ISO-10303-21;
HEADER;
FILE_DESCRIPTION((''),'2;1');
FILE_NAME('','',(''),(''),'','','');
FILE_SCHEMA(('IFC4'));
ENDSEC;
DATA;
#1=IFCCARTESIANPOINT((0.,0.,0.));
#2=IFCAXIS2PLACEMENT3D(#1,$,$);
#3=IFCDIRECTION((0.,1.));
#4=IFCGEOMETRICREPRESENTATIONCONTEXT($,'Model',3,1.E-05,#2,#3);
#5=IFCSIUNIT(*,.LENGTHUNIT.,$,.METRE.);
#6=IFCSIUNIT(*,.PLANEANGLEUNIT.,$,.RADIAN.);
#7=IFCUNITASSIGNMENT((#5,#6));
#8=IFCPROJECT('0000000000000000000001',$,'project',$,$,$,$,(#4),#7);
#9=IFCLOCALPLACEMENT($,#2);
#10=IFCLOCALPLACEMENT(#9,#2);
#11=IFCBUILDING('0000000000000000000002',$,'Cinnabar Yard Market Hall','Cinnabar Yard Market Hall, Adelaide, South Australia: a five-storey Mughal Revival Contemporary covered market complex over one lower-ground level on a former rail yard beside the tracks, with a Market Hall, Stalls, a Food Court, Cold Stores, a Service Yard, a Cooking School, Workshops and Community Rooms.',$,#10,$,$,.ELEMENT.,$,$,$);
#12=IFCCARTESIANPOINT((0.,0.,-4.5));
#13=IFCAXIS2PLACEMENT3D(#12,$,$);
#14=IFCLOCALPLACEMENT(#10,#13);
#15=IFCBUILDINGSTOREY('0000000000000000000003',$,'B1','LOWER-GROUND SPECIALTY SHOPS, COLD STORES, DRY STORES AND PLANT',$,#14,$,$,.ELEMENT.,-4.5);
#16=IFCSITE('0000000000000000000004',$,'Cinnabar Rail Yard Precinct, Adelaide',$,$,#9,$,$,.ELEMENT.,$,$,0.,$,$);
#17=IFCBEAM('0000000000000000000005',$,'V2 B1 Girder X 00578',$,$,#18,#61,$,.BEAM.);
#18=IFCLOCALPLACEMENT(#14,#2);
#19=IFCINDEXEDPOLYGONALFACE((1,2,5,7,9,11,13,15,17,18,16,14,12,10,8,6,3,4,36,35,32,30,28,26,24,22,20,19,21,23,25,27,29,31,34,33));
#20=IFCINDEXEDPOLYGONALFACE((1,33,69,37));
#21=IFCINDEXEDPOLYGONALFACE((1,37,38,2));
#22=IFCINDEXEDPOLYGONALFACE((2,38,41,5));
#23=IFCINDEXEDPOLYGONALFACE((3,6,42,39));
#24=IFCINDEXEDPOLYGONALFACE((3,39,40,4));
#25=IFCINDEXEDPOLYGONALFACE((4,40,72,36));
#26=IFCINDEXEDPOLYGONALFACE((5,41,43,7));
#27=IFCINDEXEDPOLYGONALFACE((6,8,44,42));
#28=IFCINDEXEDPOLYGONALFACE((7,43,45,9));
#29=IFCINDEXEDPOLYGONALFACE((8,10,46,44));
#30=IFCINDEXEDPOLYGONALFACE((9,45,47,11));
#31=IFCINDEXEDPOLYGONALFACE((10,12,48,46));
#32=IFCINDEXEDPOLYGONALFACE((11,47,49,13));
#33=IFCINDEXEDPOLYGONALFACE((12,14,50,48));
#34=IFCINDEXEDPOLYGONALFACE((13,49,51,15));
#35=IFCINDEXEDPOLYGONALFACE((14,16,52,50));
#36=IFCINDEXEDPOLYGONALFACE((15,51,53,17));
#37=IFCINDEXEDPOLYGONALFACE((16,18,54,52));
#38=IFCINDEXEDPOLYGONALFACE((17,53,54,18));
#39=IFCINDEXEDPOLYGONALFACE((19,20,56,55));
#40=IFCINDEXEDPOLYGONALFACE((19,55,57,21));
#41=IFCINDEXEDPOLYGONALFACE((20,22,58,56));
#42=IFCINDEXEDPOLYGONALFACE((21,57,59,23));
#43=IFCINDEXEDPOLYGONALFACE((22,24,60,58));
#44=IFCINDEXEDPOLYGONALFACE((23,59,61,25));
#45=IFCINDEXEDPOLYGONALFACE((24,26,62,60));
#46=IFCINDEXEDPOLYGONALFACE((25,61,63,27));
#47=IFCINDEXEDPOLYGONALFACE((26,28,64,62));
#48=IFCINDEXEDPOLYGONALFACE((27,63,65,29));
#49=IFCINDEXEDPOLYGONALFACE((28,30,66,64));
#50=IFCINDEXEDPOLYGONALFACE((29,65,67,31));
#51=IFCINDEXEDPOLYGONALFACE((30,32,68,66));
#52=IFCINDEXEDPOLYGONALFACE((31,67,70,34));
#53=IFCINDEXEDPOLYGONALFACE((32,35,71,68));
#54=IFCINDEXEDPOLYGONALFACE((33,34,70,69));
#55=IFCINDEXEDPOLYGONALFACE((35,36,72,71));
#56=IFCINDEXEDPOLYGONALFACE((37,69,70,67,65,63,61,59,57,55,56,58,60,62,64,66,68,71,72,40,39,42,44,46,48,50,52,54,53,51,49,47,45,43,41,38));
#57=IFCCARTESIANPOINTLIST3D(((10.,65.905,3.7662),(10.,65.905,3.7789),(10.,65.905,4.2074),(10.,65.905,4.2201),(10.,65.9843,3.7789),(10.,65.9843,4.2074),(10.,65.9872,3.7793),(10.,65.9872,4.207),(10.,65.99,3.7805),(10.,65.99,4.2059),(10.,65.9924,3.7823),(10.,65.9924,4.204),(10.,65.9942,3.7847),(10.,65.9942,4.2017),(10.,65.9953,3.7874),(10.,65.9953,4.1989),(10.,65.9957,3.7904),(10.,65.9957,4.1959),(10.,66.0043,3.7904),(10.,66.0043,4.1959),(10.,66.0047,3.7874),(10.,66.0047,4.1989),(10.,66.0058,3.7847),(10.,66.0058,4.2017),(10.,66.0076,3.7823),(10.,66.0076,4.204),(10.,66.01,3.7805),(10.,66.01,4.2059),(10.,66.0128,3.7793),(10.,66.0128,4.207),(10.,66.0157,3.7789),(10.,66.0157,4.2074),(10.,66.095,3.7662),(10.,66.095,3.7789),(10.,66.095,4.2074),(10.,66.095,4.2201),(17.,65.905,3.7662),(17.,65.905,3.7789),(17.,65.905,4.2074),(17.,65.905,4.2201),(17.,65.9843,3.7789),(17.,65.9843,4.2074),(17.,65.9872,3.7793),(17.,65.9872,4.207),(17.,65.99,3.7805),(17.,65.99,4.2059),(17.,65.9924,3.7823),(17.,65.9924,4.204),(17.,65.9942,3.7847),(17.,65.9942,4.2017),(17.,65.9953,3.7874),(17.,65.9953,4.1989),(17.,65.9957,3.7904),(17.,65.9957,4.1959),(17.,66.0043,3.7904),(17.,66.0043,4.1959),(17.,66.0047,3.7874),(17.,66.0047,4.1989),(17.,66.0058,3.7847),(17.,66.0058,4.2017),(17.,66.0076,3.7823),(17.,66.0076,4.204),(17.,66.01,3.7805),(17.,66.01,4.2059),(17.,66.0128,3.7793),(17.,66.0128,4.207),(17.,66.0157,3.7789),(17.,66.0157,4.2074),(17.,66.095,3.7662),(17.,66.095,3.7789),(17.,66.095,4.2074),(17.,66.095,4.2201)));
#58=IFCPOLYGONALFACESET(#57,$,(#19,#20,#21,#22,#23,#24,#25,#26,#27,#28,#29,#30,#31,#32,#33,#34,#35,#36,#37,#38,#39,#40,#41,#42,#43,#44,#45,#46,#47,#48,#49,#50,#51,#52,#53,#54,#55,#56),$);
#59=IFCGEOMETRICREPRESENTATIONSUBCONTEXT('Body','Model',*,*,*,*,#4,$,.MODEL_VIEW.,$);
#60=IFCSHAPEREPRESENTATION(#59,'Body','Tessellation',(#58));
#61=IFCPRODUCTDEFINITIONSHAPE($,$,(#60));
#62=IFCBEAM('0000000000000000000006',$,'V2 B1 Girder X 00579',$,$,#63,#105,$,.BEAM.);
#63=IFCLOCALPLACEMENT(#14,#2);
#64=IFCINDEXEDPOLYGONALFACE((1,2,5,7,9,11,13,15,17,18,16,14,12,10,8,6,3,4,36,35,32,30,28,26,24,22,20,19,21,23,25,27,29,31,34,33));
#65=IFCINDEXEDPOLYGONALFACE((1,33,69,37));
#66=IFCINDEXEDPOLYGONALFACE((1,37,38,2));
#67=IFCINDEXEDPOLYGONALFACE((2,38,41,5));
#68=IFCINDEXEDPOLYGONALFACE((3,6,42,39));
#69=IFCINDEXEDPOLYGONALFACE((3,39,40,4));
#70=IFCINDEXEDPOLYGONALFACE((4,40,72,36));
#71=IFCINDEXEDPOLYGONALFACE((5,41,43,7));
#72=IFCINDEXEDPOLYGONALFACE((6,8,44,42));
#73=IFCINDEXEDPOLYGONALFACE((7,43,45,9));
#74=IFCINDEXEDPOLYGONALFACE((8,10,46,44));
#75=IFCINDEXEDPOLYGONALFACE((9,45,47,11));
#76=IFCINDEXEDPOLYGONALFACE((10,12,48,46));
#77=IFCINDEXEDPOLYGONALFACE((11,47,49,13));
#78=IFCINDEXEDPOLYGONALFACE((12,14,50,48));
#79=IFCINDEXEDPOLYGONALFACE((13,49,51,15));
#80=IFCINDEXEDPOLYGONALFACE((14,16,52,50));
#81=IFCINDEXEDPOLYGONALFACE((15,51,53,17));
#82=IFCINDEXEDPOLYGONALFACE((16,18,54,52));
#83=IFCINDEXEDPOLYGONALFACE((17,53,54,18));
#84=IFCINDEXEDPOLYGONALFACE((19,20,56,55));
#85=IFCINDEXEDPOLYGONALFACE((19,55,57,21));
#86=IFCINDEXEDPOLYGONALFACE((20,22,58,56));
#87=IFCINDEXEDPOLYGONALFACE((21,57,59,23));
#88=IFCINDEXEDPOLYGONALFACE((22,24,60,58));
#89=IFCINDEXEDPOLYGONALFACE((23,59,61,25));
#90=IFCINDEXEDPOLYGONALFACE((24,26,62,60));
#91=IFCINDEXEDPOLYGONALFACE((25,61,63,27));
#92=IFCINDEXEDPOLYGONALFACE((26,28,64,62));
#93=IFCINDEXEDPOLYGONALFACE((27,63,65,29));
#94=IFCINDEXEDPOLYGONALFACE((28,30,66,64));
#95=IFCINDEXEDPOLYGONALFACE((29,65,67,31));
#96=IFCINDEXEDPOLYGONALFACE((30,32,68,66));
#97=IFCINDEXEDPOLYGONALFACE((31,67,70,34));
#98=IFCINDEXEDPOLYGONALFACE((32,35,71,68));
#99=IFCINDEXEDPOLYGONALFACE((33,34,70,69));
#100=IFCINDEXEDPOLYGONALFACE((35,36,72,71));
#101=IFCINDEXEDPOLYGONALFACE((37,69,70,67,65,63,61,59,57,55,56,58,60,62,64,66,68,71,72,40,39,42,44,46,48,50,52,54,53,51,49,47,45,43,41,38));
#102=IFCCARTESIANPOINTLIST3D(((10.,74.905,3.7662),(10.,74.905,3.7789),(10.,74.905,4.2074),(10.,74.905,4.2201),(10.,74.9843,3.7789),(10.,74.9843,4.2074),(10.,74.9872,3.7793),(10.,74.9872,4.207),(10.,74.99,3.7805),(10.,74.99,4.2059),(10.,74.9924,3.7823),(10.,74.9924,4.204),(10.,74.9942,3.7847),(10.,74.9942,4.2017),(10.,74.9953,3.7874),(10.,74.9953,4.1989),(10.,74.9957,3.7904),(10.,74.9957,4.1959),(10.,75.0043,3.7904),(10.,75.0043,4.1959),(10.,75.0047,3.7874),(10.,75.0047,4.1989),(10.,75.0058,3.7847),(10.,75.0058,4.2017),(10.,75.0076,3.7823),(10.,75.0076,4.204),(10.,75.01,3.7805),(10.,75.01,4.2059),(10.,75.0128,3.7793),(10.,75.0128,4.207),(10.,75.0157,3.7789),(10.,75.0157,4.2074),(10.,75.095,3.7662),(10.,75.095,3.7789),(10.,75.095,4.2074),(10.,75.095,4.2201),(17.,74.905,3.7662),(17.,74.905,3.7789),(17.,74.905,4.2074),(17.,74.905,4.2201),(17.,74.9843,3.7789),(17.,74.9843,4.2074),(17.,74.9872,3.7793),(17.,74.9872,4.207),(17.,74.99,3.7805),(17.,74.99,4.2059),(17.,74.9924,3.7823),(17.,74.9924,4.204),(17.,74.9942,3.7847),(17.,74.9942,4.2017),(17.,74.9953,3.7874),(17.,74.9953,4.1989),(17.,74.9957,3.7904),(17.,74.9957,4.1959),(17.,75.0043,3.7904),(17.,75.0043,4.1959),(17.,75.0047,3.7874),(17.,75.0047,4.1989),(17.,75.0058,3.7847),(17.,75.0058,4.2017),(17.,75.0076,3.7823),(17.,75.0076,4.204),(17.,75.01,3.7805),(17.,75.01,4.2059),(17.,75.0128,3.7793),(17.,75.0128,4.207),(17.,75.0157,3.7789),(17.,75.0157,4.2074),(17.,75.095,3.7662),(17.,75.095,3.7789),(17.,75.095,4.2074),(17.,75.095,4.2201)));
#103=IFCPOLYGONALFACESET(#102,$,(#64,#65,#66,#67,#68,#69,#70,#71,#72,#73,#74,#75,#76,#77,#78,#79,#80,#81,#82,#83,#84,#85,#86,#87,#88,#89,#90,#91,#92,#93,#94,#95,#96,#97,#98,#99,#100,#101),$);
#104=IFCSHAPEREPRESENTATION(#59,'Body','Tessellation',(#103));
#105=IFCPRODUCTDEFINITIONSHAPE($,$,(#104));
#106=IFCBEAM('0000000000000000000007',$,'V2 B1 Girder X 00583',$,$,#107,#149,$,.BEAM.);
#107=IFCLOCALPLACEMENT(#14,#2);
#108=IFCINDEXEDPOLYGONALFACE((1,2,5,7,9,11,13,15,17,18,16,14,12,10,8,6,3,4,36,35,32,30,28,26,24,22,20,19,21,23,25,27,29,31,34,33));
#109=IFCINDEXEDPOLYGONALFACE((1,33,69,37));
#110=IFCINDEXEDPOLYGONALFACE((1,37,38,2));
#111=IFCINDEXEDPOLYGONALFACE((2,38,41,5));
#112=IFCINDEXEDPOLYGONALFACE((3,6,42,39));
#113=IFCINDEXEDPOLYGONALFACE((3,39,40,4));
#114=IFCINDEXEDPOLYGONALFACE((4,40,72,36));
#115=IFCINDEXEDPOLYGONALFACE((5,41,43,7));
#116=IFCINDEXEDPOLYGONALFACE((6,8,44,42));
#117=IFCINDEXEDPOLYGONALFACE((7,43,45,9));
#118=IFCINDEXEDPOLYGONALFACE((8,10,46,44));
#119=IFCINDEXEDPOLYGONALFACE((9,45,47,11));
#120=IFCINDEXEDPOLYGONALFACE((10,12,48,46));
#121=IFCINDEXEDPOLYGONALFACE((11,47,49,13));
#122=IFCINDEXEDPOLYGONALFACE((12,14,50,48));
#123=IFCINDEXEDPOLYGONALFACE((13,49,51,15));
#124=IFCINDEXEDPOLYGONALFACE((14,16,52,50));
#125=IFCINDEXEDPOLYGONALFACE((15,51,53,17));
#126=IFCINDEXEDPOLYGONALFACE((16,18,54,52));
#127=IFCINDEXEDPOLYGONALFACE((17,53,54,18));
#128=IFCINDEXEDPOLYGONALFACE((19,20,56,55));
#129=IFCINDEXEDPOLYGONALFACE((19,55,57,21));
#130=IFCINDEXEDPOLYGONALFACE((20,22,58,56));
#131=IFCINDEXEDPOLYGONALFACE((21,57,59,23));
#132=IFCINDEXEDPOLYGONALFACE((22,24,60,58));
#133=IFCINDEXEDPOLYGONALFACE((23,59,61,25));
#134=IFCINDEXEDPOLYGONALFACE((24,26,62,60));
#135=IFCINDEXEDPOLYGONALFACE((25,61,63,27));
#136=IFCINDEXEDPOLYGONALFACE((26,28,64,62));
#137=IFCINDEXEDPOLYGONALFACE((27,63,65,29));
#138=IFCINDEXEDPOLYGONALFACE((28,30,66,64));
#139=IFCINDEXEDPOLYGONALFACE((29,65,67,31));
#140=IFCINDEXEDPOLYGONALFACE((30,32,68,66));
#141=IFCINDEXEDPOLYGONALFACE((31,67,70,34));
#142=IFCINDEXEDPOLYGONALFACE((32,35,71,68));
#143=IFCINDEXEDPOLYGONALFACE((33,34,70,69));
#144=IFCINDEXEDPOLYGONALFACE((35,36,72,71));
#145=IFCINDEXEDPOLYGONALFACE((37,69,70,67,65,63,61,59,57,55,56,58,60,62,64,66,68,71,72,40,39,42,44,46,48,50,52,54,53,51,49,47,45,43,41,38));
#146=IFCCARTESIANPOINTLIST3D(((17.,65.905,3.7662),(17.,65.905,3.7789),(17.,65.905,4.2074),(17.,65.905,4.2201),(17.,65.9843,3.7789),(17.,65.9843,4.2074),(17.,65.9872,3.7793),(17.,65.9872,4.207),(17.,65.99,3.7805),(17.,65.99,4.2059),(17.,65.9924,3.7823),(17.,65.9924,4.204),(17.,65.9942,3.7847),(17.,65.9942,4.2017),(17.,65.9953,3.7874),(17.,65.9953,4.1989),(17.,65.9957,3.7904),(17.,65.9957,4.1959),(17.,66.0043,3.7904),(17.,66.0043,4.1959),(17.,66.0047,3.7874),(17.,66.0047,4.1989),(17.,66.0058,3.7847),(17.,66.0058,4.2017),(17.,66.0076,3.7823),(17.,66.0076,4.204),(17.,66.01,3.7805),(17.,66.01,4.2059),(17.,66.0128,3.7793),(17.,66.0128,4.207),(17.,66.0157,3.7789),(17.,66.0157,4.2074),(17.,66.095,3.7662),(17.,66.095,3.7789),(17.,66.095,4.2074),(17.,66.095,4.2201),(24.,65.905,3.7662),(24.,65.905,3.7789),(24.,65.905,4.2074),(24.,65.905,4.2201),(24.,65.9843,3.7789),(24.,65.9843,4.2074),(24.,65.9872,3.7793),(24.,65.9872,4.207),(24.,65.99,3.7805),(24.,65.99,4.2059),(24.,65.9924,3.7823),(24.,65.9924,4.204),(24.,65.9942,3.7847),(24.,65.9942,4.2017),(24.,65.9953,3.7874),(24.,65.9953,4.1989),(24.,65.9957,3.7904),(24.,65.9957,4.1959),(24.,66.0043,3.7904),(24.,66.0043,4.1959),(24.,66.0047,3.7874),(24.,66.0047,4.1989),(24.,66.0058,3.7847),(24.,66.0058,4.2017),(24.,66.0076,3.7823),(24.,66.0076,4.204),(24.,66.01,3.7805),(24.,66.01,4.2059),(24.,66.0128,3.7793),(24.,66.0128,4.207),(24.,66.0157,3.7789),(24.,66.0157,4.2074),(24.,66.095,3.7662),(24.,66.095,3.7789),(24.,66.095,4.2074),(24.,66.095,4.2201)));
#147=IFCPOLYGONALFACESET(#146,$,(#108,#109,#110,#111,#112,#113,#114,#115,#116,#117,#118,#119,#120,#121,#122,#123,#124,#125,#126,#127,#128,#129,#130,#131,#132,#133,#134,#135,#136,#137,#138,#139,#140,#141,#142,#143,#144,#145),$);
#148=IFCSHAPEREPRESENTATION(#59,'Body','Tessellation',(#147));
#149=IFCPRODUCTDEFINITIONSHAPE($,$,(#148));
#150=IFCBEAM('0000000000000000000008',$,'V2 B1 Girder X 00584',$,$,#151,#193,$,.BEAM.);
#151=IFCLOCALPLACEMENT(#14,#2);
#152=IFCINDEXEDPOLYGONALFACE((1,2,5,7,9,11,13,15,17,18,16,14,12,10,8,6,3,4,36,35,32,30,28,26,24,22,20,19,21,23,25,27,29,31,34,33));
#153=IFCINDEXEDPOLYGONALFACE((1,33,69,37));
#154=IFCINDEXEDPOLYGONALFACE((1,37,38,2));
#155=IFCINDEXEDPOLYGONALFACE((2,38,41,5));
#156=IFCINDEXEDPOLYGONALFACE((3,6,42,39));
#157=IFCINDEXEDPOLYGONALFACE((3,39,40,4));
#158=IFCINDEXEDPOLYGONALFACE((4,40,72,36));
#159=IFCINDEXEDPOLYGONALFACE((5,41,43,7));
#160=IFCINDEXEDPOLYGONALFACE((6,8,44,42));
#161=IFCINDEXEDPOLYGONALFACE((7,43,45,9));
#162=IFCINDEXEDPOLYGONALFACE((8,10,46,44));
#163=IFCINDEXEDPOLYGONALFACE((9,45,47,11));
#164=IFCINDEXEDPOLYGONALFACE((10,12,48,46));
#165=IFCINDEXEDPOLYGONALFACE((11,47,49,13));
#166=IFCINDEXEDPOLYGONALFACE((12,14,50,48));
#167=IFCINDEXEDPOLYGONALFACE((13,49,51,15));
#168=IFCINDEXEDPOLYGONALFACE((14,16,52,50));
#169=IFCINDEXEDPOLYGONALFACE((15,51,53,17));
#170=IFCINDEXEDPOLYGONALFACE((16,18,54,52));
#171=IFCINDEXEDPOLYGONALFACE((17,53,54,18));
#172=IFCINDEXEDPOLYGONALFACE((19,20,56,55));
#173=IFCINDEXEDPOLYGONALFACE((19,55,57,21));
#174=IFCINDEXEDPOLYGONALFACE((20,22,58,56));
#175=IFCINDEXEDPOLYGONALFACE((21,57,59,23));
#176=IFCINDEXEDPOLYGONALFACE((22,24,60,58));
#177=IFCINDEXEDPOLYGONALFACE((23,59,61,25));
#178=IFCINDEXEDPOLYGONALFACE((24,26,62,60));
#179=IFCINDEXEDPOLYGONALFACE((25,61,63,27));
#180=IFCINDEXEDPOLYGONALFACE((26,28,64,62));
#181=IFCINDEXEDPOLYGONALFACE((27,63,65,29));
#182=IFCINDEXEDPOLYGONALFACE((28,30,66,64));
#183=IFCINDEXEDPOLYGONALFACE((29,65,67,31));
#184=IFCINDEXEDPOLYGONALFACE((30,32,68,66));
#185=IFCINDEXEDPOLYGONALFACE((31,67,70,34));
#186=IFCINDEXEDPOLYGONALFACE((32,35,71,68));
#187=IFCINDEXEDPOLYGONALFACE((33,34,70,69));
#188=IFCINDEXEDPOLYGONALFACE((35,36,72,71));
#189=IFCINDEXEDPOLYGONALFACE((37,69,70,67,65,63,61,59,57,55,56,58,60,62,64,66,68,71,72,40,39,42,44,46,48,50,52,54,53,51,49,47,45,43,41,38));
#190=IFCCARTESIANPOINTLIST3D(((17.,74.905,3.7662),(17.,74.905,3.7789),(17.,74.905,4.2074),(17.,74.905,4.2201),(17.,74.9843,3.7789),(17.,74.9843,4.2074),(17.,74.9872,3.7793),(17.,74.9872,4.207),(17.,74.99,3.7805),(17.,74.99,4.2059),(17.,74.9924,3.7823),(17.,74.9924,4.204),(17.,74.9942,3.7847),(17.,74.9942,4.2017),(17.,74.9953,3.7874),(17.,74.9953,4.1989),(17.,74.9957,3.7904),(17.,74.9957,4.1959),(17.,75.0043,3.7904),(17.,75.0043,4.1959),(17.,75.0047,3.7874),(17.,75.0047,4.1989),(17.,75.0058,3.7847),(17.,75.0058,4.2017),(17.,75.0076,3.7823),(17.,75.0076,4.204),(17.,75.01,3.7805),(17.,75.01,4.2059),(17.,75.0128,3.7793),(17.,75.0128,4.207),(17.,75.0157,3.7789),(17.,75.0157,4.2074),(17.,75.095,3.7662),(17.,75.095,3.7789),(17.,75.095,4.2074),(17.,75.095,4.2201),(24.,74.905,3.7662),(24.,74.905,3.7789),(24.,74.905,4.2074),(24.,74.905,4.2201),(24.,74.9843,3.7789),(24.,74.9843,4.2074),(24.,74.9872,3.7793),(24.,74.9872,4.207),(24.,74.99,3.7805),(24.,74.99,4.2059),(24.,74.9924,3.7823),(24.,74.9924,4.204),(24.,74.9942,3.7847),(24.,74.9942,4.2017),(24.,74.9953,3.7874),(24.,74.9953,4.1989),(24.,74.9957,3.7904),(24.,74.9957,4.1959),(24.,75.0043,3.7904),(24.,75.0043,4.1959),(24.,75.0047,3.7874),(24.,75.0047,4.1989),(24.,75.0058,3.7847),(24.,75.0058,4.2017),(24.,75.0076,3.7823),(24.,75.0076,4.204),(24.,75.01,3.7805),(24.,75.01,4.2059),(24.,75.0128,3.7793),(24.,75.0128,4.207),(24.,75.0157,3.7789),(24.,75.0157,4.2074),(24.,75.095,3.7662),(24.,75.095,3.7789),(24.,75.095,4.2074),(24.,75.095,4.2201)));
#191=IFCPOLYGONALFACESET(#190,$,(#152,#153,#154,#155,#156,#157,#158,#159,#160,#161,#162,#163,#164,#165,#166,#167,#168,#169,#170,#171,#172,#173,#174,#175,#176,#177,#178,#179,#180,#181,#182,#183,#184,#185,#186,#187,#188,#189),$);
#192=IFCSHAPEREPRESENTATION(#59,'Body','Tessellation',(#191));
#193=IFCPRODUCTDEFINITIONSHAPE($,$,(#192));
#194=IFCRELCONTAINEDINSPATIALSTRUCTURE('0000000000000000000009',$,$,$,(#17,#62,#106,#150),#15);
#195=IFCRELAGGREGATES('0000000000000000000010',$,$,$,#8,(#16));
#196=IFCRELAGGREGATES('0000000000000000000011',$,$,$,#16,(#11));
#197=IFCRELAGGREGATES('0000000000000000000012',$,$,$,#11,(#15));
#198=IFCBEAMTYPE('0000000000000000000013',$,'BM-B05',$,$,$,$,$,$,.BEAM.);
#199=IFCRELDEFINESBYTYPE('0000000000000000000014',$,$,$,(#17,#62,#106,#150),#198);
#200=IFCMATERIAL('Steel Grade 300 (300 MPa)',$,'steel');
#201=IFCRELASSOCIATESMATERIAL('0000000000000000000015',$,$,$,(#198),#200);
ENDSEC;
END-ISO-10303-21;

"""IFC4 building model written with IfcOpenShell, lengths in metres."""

from ifc_helpers import new_model, si_unit, direction, frame, origin, origin_2d_with_axis, place, context, subcontext, project, spatial, i_section, extrude, material, material_profile, profile_set, type_object, element, save


model = new_model("IFC4")

# Units and contexts
model_context = context("Model", 3, precision=1e-05, world=origin(), true_north=direction((0.0, 1.0)))
body_context = subcontext(model_context, "Body", "Model", "MODEL_VIEW")
ifc_project = project(units=[si_unit("LENGTHUNIT", "METRE"), si_unit("PLANEANGLEUNIT", "RADIAN")], contexts=[model_context])

# Site, building, storey
site_placement = place(None, origin())
site = spatial("IfcSite", under=ifc_project, at=site_placement, Name="Cinnabar Rail Yard Precinct, Adelaide", CompositionType="ELEMENT", RefElevation=0.0)
building_placement = place(site_placement, origin())
building = spatial("IfcBuilding", under=site, at=building_placement, Name="Cinnabar Yard Market Hall", Description="Cinnabar Yard Market Hall, Adelaide, South Australia: a five-storey Mughal Revival Contemporary covered market complex over one lower-ground level on a former rail yard beside the tracks, with a Market Hall, Stalls, a Food Court, Cold Stores, a Service Yard, a Cooking School, Workshops and Community Rooms.", CompositionType="ELEMENT")
storey_placement = place(building_placement, frame((0.0, 0.0, -4.5)))
storey = spatial("IfcBuildingStorey", under=building, at=storey_placement, Name="B1", Description="LOWER-GROUND SPECIALTY SHOPS, COLD STORES, DRY STORES AND PLANT", CompositionType="ELEMENT", Elevation=-4.5)

# Shared definitions
ifc_material_1 = material(Name="Steel Grade 300 (300 MPa)", Category="steel")

# Beams
ifc_material_profile_1 = material_profile(ifc_material_1, i_section(OverallWidth=0.1899, OverallDepth=0.4539, WebThickness=0.0085, FlangeThickness=0.0127, FilletRadius=0.0115, at=origin_2d_with_axis()), Name="460UB67.1")
ifc_profile_set_1 = profile_set([ifc_material_profile_1], Name="Steel Grade 300 (300 MPa)")
beam_type_1 = type_object("IfcBeamType", Name="BM-B05", PredefinedType="BEAM", material=ifc_profile_set_1)
for number, where, z_axis, x_axis, name in (
    (1, (10.0, 66.0, 3.9932), (1.0, 0.0, 0.0), (0.0, 1.0, 0.0), "V2 B1 Girder X 00578"),
    (2, (10.0, 75.0, 3.9932), (1.0, 0.0, 0.0), (0.0, 1.0, 0.0), "V2 B1 Girder X 00579"),
    (3, (17.0, 66.0, 3.9932), (1.0, 0.0, 0.0), (0.0, 1.0, 0.0), "V2 B1 Girder X 00583"),
    (4, (17.0, 75.0, 3.9932), (1.0, 0.0, 0.0), (0.0, 1.0, 0.0), "V2 B1 Girder X 00584"),
):
    element("IfcBeam", number, at=place(storey_placement, frame(where, z_axis=z_axis, x_axis=x_axis)), inside=storey, type_object=beam_type_1, Name=name, PredefinedType="BEAM", context=body_context, shape_type="SweptSolid", body=[
        extrude(i_section(OverallWidth=0.1899, OverallDepth=0.4539, WebThickness=0.0085, FlangeThickness=0.0127, FilletRadius=0.0115, at=origin_2d_with_axis()), origin(), (0.0, 0.0, 1.0), 7.0),
    ])

save(model, "model.ifc")
